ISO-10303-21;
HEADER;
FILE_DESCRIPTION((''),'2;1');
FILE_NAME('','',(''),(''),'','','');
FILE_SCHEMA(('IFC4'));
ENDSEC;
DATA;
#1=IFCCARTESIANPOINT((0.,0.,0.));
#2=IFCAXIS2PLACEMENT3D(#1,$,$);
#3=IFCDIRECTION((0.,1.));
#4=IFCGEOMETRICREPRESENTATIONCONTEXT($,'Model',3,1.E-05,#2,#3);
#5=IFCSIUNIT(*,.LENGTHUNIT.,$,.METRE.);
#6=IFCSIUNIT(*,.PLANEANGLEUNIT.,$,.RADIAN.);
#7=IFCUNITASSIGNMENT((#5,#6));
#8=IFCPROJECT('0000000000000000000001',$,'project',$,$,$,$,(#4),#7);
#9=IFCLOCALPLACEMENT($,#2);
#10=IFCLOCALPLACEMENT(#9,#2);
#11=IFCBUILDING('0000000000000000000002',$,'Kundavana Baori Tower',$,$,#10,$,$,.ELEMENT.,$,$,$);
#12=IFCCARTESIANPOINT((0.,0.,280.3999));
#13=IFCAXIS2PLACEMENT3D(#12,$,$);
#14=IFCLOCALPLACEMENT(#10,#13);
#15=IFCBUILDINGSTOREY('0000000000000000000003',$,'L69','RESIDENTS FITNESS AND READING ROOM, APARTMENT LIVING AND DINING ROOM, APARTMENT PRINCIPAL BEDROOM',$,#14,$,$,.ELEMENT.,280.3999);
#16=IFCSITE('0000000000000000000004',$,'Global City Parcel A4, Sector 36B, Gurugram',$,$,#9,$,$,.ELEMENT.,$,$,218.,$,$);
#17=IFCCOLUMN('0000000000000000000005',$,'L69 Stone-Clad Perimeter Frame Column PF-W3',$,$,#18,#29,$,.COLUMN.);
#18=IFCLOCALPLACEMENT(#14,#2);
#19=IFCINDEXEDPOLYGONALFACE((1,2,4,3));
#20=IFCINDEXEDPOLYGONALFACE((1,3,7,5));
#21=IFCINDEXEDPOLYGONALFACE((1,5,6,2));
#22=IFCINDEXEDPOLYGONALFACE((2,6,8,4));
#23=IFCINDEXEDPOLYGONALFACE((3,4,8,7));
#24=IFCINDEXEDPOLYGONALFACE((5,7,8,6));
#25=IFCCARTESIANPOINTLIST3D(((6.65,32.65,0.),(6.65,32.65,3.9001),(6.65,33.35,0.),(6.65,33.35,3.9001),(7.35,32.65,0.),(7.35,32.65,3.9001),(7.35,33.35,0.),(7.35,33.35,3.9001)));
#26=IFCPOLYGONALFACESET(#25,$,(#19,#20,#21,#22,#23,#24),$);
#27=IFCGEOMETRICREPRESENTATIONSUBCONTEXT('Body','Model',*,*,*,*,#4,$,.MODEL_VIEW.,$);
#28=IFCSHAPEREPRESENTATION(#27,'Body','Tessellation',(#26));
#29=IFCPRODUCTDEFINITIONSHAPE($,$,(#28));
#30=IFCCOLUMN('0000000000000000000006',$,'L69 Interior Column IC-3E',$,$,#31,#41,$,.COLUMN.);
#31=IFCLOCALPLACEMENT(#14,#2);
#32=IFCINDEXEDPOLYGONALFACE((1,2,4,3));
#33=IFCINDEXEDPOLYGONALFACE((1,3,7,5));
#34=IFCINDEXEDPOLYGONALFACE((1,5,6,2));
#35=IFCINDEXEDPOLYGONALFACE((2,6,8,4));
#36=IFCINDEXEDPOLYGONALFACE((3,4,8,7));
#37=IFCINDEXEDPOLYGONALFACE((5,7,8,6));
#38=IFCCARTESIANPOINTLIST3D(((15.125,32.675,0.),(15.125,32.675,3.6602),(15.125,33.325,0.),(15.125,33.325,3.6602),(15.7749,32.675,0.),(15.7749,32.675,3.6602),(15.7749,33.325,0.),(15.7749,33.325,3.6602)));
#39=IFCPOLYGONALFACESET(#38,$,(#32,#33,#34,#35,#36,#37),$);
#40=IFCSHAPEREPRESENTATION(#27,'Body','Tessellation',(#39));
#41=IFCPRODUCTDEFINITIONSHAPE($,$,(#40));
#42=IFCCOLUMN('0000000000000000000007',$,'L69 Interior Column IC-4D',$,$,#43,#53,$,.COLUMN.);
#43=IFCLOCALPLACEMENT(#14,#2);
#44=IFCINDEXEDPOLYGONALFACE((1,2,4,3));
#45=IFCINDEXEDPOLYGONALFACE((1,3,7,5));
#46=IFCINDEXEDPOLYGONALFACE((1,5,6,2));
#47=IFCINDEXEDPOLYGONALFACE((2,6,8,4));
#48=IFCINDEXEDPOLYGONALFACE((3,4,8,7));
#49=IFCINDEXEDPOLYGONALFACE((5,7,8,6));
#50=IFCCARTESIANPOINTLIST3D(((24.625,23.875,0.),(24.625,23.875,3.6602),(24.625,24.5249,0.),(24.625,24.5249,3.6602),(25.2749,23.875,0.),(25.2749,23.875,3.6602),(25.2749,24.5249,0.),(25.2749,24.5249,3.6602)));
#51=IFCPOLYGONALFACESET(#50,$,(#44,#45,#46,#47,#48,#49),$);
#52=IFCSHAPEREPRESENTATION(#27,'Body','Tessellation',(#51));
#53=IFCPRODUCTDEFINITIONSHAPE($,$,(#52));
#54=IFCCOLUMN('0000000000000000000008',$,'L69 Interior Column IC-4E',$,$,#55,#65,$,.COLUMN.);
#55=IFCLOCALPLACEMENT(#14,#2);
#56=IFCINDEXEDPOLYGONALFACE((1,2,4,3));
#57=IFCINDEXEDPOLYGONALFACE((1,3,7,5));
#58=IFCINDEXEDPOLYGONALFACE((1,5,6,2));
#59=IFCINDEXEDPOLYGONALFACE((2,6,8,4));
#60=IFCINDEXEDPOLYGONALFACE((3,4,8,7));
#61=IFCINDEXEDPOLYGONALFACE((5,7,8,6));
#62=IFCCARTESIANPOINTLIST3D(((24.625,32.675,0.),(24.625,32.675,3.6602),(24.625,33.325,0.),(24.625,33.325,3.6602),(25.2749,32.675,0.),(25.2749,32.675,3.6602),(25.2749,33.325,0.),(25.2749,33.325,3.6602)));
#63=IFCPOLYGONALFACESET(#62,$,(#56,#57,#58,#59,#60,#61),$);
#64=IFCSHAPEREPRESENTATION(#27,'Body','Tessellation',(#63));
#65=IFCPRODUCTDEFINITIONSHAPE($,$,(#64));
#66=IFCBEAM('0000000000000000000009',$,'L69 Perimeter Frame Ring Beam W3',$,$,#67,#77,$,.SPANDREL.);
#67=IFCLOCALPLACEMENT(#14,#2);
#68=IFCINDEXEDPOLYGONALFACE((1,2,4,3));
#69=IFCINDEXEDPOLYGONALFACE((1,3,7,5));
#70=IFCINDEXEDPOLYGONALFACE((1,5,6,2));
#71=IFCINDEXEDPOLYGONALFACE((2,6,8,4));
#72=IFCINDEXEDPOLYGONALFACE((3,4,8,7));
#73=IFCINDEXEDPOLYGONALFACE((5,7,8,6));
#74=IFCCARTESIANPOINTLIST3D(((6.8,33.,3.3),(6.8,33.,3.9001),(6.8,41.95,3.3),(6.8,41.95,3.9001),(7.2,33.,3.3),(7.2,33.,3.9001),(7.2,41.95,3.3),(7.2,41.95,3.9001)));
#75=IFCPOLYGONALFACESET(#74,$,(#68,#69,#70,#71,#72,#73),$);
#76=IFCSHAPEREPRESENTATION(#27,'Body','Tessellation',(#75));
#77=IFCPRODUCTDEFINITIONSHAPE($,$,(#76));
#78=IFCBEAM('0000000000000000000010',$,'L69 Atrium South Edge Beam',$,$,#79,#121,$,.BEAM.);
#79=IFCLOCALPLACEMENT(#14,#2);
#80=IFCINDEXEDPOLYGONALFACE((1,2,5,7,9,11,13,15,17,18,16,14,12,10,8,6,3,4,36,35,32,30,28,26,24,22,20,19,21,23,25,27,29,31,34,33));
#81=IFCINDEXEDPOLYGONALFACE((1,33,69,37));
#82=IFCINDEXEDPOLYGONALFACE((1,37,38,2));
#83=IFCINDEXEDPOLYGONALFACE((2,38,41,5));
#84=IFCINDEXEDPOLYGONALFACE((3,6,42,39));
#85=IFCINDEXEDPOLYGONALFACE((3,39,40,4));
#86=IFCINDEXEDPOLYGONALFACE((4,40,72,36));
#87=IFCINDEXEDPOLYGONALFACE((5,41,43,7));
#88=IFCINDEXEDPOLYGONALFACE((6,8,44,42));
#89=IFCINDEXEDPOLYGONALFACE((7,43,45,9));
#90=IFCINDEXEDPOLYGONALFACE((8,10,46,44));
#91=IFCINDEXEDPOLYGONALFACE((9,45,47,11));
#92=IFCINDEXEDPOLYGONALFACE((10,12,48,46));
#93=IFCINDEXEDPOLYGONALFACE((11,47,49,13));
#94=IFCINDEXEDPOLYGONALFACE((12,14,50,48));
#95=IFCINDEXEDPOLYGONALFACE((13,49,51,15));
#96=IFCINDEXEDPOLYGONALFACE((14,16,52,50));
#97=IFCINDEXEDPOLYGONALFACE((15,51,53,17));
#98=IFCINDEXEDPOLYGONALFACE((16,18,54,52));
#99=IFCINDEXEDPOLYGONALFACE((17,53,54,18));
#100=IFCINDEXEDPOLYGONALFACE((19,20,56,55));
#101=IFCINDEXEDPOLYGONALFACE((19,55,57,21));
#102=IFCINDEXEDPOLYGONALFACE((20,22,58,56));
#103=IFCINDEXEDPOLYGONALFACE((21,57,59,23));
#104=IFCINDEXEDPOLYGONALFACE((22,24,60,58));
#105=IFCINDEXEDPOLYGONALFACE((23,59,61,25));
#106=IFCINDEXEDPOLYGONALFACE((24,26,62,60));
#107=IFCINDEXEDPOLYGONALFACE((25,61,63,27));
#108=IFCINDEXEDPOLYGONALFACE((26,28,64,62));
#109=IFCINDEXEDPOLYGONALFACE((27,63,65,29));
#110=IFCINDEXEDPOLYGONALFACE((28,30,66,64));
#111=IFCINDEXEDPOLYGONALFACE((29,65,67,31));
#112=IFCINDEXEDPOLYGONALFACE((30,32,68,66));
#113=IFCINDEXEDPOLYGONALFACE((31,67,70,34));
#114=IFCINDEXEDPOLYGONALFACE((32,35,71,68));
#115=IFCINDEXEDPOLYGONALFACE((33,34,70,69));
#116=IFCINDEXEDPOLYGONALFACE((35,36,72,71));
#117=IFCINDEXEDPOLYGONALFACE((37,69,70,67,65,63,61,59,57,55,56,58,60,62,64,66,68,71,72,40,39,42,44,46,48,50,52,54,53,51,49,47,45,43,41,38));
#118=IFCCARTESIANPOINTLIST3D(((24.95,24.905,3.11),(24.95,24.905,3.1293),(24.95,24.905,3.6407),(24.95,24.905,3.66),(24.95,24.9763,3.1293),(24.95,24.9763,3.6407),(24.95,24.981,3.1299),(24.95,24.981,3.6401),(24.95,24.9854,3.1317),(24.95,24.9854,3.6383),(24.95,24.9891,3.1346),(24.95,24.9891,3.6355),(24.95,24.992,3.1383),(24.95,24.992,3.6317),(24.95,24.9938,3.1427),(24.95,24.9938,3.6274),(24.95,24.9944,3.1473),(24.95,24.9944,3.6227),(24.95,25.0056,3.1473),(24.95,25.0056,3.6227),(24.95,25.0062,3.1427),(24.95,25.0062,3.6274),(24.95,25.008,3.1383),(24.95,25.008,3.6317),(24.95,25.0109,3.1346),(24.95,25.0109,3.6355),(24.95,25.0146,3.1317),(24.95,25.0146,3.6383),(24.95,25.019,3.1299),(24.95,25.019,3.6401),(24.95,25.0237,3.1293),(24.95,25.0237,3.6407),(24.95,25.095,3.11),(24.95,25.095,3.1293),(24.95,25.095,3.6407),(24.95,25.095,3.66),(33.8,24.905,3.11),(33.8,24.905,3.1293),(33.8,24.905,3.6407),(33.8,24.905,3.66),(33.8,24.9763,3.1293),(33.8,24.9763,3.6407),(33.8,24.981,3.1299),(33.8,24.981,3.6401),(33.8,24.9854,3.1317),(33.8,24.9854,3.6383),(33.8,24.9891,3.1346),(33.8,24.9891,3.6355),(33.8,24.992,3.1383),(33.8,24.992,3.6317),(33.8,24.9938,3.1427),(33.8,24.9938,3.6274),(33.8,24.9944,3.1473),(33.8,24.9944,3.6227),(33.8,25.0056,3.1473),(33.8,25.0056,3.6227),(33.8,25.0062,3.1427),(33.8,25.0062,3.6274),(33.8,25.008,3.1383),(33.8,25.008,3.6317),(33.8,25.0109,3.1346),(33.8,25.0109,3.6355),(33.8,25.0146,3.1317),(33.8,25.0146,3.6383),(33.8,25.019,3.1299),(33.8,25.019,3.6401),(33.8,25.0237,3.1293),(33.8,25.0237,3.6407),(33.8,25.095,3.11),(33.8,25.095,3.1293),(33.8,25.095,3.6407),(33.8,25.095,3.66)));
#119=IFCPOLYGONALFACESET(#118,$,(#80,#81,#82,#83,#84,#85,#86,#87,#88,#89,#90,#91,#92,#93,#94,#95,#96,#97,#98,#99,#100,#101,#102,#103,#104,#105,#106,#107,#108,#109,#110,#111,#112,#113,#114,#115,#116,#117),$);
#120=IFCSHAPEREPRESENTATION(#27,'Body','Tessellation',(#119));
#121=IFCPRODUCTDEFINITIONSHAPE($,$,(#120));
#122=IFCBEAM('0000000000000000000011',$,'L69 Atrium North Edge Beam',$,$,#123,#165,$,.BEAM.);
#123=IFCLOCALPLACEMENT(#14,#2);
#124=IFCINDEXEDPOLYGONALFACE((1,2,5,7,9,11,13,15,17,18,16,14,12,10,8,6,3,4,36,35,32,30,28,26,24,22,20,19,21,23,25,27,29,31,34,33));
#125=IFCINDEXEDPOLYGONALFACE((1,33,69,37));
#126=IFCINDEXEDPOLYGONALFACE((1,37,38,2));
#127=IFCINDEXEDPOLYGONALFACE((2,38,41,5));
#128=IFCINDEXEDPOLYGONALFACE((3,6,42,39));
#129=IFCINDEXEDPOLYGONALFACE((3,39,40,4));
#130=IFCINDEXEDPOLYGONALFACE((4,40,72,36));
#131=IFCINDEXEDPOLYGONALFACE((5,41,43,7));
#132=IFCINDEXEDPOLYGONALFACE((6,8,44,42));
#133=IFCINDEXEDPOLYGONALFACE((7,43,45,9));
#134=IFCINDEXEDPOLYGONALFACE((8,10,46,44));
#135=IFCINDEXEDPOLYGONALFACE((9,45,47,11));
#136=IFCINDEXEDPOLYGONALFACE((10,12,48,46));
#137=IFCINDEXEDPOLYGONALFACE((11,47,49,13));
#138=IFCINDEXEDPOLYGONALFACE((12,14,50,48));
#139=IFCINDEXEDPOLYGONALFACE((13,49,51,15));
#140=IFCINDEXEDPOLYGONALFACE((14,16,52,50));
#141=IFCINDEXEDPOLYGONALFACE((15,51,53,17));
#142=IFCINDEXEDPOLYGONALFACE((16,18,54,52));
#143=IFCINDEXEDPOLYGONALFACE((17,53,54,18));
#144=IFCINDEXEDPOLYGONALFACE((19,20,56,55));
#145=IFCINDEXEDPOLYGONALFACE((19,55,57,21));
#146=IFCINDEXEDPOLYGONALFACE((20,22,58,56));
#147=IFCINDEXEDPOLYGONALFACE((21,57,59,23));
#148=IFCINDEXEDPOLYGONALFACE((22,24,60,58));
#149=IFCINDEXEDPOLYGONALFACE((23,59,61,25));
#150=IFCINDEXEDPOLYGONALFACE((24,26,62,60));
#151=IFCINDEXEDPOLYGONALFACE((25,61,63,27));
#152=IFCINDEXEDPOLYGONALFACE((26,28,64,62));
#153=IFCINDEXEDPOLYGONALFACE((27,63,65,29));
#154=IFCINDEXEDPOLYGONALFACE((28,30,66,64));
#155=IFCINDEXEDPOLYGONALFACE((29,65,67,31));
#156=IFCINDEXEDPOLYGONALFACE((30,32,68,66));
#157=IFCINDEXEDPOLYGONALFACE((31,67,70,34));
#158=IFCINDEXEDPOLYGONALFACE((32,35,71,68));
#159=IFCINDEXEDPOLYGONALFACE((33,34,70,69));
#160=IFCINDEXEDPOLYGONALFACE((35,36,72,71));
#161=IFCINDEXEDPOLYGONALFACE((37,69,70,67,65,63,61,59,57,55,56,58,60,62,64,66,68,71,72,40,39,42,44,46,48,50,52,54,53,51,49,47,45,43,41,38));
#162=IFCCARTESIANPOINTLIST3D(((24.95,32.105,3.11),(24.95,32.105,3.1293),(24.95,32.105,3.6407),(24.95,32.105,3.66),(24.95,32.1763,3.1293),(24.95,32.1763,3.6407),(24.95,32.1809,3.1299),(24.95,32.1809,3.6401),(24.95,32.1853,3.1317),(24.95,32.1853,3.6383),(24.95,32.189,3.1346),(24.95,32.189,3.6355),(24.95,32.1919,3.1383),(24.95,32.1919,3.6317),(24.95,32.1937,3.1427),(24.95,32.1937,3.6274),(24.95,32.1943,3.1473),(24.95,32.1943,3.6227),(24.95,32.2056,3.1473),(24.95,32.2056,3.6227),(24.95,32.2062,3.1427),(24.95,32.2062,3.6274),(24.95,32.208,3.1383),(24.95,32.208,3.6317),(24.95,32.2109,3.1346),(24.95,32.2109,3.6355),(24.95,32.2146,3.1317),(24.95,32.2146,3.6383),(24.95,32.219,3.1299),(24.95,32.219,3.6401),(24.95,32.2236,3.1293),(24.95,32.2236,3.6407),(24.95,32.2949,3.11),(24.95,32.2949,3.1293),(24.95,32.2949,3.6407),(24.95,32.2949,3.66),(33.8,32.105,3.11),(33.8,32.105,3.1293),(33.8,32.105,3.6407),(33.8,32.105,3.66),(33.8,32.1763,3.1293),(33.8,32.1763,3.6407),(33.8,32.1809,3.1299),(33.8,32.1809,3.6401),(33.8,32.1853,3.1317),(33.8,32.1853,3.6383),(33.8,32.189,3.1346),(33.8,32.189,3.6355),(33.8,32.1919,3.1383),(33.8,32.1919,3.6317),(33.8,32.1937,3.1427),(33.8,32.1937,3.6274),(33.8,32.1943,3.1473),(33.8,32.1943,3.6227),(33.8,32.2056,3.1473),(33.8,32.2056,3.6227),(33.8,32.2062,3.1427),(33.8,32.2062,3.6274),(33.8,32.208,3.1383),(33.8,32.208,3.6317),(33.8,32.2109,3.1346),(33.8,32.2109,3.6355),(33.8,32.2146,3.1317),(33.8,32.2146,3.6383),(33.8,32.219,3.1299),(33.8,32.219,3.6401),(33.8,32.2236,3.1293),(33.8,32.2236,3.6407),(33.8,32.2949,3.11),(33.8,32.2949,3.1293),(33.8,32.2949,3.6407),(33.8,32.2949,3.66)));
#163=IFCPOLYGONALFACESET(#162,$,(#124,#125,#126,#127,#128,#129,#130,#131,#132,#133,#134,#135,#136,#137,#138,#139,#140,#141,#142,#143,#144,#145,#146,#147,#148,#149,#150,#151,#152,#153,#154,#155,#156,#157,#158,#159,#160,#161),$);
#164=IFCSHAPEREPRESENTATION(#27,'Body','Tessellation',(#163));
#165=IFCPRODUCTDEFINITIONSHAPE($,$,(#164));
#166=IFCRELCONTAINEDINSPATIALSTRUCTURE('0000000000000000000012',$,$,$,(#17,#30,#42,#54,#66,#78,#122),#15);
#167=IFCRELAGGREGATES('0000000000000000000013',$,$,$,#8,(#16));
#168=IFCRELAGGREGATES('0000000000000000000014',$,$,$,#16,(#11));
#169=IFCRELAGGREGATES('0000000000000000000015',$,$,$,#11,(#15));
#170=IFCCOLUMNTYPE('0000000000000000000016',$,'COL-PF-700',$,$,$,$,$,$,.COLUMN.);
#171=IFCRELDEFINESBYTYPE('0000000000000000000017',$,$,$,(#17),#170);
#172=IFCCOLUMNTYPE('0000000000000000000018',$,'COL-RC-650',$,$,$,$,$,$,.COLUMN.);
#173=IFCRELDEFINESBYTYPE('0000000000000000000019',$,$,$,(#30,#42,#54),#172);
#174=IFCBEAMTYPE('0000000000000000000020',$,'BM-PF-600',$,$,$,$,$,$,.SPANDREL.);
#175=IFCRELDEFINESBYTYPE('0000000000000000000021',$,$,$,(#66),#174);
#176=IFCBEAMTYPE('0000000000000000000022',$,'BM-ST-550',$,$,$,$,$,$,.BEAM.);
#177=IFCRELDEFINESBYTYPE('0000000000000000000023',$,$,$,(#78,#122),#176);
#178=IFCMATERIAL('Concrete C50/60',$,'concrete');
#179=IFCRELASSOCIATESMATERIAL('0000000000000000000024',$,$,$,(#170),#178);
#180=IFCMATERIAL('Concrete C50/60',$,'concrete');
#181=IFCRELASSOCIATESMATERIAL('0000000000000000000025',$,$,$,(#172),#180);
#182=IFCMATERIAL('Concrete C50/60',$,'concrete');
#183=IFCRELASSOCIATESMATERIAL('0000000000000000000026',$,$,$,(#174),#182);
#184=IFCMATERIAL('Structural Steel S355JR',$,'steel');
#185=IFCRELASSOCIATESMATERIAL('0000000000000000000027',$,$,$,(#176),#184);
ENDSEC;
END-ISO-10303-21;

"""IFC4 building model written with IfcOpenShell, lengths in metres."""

from ifc_helpers import new_model, si_unit, direction, frame, origin, origin_2d, place, context, subcontext, project, spatial, rectangle, i_section, extrude, material, material_profile, profile_set, type_object, element, save


model = new_model("IFC4")

# Units and contexts
model_context = context("Model", 3, precision=1e-05, world=origin(), true_north=direction((0.0, 1.0)))
body_context = subcontext(model_context, "Body", "Model", "MODEL_VIEW")
ifc_project = project(units=[si_unit("LENGTHUNIT", "METRE"), si_unit("PLANEANGLEUNIT", "RADIAN")], contexts=[model_context])

# Site, building, storey
site_placement = place(None, origin())
site = spatial("IfcSite", under=ifc_project, at=site_placement, Name="Global City Parcel A4, Sector 36B, Gurugram", CompositionType="ELEMENT", RefElevation=218.0)
building_placement = place(site_placement, origin())
building = spatial("IfcBuilding", under=site, at=building_placement, Name="Kundavana Baori Tower", CompositionType="ELEMENT")
storey_placement = place(building_placement, frame((0.0, 0.0, 280.3999)))
storey = spatial("IfcBuildingStorey", under=building, at=storey_placement, Name="L69", Description="RESIDENTS FITNESS AND READING ROOM, APARTMENT LIVING AND DINING ROOM, APARTMENT PRINCIPAL BEDROOM", CompositionType="ELEMENT", Elevation=280.3999)

# Columns
ifc_material_1 = material(Name="Concrete C50/60", Category="concrete")
ifc_material_profile_1 = material_profile(ifc_material_1, rectangle(XDim=0.7, YDim=0.7, at=origin_2d()), Name="RC PF 700x700")
ifc_profile_set_1 = profile_set([ifc_material_profile_1], Name="Concrete C50/60")
column_type_1 = type_object("IfcColumnType", Name="COL-PF-700", PredefinedType="COLUMN", material=ifc_profile_set_1)
column_placement = place(storey_placement, frame((7.0, 33.0, 0.0), z_axis=(0.0, 0.0, 1.0), x_axis=(1.0, 0.0, 0.0)))
element("IfcColumn", 1, at=column_placement, inside=storey, type_object=column_type_1, Name="L69 Stone-Clad Perimeter Frame Column PF-W3", PredefinedType="COLUMN", context=body_context, shape_type="SweptSolid", body=[
    extrude(rectangle(XDim=0.7, YDim=0.7, at=origin_2d()), origin(), (0.0, 0.0, 1.0), 3.9001),
])
ifc_material_2 = material(Name="Concrete C50/60", Category="concrete")
ifc_material_profile_2 = material_profile(ifc_material_2, rectangle(XDim=0.6499, YDim=0.6499, at=origin_2d()), Name="RC 650x650")
ifc_profile_set_2 = profile_set([ifc_material_profile_2], Name="Concrete C50/60")
column_type_2 = type_object("IfcColumnType", Name="COL-RC-650", PredefinedType="COLUMN", material=ifc_profile_set_2)
for number, where, z_axis, x_axis, name in (
    (2, (15.45, 33.0, 0.0), (0.0, 0.0, 1.0), (1.0, 0.0, 0.0), "L69 Interior Column IC-3E"),
    (3, (24.95, 24.2, 0.0), (0.0, 0.0, 1.0), (1.0, 0.0, 0.0), "L69 Interior Column IC-4D"),
    (4, (24.95, 33.0, 0.0), (0.0, 0.0, 1.0), (1.0, 0.0, 0.0), "L69 Interior Column IC-4E"),
):
    element("IfcColumn", number, at=place(storey_placement, frame(where, z_axis=z_axis, x_axis=x_axis)), inside=storey, type_object=column_type_2, Name=name, PredefinedType="COLUMN", context=body_context, shape_type="SweptSolid", body=[
        extrude(rectangle(XDim=0.6499, YDim=0.6499, at=origin_2d()), origin(), (0.0, 0.0, 1.0), 3.6602),
    ])

# Beams
ifc_material_3 = material(Name="Concrete C50/60", Category="concrete")
ifc_material_profile_3 = material_profile(ifc_material_3, rectangle(XDim=0.3999, YDim=0.6001, at=origin_2d()), Name="RC BM 400x600")
ifc_profile_set_3 = profile_set([ifc_material_profile_3], Name="Concrete C50/60")
beam_type_1 = type_object("IfcBeamType", Name="BM-PF-600", PredefinedType="SPANDREL", material=ifc_profile_set_3)
beam_1_placement = place(storey_placement, frame((7.0, 33.0, 3.6001), z_axis=(0.0, 1.0, 0.0), x_axis=(-1.0, 0.0, 0.0)))
element("IfcBeam", 5, at=beam_1_placement, inside=storey, type_object=beam_type_1, Name="L69 Perimeter Frame Ring Beam W3", PredefinedType="SPANDREL", context=body_context, shape_type="SweptSolid", body=[
    extrude(rectangle(XDim=0.3999, YDim=0.6001, at=origin_2d()), origin(), (0.0, 0.0, 1.0), 8.95),
])
ifc_material_4 = material(Name="Structural Steel S355JR", Category="steel")
ifc_material_profile_4 = material_profile(ifc_material_4, i_section(OverallWidth=0.1899, OverallDepth=0.55, WebThickness=0.0112, FlangeThickness=0.0193, FilletRadius=0.0181, at=origin_2d()), Name="ISMB 550")
ifc_profile_set_4 = profile_set([ifc_material_profile_4], Name="Structural Steel S355JR")
beam_type_2 = type_object("IfcBeamType", Name="BM-ST-550", PredefinedType="BEAM", material=ifc_profile_set_4)
for number, where, z_axis, x_axis, name in (
    (6, (24.95, 25.0, 3.385), (1.0, 0.0, 0.0), (0.0, 1.0, 0.0), "L69 Atrium South Edge Beam"),
    (7, (24.95, 32.2, 3.385), (1.0, 0.0, 0.0), (0.0, 1.0, 0.0), "L69 Atrium North Edge Beam"),
):
    element("IfcBeam", number, at=place(storey_placement, frame(where, z_axis=z_axis, x_axis=x_axis)), inside=storey, type_object=beam_type_2, Name=name, PredefinedType="BEAM", context=body_context, shape_type="SweptSolid", body=[
        extrude(i_section(OverallWidth=0.1899, OverallDepth=0.55, WebThickness=0.0112, FlangeThickness=0.0193, FilletRadius=0.0181, at=origin_2d()), origin(), (0.0, 0.0, 1.0), 8.8501),
    ])

save(model, "model.ifc")
